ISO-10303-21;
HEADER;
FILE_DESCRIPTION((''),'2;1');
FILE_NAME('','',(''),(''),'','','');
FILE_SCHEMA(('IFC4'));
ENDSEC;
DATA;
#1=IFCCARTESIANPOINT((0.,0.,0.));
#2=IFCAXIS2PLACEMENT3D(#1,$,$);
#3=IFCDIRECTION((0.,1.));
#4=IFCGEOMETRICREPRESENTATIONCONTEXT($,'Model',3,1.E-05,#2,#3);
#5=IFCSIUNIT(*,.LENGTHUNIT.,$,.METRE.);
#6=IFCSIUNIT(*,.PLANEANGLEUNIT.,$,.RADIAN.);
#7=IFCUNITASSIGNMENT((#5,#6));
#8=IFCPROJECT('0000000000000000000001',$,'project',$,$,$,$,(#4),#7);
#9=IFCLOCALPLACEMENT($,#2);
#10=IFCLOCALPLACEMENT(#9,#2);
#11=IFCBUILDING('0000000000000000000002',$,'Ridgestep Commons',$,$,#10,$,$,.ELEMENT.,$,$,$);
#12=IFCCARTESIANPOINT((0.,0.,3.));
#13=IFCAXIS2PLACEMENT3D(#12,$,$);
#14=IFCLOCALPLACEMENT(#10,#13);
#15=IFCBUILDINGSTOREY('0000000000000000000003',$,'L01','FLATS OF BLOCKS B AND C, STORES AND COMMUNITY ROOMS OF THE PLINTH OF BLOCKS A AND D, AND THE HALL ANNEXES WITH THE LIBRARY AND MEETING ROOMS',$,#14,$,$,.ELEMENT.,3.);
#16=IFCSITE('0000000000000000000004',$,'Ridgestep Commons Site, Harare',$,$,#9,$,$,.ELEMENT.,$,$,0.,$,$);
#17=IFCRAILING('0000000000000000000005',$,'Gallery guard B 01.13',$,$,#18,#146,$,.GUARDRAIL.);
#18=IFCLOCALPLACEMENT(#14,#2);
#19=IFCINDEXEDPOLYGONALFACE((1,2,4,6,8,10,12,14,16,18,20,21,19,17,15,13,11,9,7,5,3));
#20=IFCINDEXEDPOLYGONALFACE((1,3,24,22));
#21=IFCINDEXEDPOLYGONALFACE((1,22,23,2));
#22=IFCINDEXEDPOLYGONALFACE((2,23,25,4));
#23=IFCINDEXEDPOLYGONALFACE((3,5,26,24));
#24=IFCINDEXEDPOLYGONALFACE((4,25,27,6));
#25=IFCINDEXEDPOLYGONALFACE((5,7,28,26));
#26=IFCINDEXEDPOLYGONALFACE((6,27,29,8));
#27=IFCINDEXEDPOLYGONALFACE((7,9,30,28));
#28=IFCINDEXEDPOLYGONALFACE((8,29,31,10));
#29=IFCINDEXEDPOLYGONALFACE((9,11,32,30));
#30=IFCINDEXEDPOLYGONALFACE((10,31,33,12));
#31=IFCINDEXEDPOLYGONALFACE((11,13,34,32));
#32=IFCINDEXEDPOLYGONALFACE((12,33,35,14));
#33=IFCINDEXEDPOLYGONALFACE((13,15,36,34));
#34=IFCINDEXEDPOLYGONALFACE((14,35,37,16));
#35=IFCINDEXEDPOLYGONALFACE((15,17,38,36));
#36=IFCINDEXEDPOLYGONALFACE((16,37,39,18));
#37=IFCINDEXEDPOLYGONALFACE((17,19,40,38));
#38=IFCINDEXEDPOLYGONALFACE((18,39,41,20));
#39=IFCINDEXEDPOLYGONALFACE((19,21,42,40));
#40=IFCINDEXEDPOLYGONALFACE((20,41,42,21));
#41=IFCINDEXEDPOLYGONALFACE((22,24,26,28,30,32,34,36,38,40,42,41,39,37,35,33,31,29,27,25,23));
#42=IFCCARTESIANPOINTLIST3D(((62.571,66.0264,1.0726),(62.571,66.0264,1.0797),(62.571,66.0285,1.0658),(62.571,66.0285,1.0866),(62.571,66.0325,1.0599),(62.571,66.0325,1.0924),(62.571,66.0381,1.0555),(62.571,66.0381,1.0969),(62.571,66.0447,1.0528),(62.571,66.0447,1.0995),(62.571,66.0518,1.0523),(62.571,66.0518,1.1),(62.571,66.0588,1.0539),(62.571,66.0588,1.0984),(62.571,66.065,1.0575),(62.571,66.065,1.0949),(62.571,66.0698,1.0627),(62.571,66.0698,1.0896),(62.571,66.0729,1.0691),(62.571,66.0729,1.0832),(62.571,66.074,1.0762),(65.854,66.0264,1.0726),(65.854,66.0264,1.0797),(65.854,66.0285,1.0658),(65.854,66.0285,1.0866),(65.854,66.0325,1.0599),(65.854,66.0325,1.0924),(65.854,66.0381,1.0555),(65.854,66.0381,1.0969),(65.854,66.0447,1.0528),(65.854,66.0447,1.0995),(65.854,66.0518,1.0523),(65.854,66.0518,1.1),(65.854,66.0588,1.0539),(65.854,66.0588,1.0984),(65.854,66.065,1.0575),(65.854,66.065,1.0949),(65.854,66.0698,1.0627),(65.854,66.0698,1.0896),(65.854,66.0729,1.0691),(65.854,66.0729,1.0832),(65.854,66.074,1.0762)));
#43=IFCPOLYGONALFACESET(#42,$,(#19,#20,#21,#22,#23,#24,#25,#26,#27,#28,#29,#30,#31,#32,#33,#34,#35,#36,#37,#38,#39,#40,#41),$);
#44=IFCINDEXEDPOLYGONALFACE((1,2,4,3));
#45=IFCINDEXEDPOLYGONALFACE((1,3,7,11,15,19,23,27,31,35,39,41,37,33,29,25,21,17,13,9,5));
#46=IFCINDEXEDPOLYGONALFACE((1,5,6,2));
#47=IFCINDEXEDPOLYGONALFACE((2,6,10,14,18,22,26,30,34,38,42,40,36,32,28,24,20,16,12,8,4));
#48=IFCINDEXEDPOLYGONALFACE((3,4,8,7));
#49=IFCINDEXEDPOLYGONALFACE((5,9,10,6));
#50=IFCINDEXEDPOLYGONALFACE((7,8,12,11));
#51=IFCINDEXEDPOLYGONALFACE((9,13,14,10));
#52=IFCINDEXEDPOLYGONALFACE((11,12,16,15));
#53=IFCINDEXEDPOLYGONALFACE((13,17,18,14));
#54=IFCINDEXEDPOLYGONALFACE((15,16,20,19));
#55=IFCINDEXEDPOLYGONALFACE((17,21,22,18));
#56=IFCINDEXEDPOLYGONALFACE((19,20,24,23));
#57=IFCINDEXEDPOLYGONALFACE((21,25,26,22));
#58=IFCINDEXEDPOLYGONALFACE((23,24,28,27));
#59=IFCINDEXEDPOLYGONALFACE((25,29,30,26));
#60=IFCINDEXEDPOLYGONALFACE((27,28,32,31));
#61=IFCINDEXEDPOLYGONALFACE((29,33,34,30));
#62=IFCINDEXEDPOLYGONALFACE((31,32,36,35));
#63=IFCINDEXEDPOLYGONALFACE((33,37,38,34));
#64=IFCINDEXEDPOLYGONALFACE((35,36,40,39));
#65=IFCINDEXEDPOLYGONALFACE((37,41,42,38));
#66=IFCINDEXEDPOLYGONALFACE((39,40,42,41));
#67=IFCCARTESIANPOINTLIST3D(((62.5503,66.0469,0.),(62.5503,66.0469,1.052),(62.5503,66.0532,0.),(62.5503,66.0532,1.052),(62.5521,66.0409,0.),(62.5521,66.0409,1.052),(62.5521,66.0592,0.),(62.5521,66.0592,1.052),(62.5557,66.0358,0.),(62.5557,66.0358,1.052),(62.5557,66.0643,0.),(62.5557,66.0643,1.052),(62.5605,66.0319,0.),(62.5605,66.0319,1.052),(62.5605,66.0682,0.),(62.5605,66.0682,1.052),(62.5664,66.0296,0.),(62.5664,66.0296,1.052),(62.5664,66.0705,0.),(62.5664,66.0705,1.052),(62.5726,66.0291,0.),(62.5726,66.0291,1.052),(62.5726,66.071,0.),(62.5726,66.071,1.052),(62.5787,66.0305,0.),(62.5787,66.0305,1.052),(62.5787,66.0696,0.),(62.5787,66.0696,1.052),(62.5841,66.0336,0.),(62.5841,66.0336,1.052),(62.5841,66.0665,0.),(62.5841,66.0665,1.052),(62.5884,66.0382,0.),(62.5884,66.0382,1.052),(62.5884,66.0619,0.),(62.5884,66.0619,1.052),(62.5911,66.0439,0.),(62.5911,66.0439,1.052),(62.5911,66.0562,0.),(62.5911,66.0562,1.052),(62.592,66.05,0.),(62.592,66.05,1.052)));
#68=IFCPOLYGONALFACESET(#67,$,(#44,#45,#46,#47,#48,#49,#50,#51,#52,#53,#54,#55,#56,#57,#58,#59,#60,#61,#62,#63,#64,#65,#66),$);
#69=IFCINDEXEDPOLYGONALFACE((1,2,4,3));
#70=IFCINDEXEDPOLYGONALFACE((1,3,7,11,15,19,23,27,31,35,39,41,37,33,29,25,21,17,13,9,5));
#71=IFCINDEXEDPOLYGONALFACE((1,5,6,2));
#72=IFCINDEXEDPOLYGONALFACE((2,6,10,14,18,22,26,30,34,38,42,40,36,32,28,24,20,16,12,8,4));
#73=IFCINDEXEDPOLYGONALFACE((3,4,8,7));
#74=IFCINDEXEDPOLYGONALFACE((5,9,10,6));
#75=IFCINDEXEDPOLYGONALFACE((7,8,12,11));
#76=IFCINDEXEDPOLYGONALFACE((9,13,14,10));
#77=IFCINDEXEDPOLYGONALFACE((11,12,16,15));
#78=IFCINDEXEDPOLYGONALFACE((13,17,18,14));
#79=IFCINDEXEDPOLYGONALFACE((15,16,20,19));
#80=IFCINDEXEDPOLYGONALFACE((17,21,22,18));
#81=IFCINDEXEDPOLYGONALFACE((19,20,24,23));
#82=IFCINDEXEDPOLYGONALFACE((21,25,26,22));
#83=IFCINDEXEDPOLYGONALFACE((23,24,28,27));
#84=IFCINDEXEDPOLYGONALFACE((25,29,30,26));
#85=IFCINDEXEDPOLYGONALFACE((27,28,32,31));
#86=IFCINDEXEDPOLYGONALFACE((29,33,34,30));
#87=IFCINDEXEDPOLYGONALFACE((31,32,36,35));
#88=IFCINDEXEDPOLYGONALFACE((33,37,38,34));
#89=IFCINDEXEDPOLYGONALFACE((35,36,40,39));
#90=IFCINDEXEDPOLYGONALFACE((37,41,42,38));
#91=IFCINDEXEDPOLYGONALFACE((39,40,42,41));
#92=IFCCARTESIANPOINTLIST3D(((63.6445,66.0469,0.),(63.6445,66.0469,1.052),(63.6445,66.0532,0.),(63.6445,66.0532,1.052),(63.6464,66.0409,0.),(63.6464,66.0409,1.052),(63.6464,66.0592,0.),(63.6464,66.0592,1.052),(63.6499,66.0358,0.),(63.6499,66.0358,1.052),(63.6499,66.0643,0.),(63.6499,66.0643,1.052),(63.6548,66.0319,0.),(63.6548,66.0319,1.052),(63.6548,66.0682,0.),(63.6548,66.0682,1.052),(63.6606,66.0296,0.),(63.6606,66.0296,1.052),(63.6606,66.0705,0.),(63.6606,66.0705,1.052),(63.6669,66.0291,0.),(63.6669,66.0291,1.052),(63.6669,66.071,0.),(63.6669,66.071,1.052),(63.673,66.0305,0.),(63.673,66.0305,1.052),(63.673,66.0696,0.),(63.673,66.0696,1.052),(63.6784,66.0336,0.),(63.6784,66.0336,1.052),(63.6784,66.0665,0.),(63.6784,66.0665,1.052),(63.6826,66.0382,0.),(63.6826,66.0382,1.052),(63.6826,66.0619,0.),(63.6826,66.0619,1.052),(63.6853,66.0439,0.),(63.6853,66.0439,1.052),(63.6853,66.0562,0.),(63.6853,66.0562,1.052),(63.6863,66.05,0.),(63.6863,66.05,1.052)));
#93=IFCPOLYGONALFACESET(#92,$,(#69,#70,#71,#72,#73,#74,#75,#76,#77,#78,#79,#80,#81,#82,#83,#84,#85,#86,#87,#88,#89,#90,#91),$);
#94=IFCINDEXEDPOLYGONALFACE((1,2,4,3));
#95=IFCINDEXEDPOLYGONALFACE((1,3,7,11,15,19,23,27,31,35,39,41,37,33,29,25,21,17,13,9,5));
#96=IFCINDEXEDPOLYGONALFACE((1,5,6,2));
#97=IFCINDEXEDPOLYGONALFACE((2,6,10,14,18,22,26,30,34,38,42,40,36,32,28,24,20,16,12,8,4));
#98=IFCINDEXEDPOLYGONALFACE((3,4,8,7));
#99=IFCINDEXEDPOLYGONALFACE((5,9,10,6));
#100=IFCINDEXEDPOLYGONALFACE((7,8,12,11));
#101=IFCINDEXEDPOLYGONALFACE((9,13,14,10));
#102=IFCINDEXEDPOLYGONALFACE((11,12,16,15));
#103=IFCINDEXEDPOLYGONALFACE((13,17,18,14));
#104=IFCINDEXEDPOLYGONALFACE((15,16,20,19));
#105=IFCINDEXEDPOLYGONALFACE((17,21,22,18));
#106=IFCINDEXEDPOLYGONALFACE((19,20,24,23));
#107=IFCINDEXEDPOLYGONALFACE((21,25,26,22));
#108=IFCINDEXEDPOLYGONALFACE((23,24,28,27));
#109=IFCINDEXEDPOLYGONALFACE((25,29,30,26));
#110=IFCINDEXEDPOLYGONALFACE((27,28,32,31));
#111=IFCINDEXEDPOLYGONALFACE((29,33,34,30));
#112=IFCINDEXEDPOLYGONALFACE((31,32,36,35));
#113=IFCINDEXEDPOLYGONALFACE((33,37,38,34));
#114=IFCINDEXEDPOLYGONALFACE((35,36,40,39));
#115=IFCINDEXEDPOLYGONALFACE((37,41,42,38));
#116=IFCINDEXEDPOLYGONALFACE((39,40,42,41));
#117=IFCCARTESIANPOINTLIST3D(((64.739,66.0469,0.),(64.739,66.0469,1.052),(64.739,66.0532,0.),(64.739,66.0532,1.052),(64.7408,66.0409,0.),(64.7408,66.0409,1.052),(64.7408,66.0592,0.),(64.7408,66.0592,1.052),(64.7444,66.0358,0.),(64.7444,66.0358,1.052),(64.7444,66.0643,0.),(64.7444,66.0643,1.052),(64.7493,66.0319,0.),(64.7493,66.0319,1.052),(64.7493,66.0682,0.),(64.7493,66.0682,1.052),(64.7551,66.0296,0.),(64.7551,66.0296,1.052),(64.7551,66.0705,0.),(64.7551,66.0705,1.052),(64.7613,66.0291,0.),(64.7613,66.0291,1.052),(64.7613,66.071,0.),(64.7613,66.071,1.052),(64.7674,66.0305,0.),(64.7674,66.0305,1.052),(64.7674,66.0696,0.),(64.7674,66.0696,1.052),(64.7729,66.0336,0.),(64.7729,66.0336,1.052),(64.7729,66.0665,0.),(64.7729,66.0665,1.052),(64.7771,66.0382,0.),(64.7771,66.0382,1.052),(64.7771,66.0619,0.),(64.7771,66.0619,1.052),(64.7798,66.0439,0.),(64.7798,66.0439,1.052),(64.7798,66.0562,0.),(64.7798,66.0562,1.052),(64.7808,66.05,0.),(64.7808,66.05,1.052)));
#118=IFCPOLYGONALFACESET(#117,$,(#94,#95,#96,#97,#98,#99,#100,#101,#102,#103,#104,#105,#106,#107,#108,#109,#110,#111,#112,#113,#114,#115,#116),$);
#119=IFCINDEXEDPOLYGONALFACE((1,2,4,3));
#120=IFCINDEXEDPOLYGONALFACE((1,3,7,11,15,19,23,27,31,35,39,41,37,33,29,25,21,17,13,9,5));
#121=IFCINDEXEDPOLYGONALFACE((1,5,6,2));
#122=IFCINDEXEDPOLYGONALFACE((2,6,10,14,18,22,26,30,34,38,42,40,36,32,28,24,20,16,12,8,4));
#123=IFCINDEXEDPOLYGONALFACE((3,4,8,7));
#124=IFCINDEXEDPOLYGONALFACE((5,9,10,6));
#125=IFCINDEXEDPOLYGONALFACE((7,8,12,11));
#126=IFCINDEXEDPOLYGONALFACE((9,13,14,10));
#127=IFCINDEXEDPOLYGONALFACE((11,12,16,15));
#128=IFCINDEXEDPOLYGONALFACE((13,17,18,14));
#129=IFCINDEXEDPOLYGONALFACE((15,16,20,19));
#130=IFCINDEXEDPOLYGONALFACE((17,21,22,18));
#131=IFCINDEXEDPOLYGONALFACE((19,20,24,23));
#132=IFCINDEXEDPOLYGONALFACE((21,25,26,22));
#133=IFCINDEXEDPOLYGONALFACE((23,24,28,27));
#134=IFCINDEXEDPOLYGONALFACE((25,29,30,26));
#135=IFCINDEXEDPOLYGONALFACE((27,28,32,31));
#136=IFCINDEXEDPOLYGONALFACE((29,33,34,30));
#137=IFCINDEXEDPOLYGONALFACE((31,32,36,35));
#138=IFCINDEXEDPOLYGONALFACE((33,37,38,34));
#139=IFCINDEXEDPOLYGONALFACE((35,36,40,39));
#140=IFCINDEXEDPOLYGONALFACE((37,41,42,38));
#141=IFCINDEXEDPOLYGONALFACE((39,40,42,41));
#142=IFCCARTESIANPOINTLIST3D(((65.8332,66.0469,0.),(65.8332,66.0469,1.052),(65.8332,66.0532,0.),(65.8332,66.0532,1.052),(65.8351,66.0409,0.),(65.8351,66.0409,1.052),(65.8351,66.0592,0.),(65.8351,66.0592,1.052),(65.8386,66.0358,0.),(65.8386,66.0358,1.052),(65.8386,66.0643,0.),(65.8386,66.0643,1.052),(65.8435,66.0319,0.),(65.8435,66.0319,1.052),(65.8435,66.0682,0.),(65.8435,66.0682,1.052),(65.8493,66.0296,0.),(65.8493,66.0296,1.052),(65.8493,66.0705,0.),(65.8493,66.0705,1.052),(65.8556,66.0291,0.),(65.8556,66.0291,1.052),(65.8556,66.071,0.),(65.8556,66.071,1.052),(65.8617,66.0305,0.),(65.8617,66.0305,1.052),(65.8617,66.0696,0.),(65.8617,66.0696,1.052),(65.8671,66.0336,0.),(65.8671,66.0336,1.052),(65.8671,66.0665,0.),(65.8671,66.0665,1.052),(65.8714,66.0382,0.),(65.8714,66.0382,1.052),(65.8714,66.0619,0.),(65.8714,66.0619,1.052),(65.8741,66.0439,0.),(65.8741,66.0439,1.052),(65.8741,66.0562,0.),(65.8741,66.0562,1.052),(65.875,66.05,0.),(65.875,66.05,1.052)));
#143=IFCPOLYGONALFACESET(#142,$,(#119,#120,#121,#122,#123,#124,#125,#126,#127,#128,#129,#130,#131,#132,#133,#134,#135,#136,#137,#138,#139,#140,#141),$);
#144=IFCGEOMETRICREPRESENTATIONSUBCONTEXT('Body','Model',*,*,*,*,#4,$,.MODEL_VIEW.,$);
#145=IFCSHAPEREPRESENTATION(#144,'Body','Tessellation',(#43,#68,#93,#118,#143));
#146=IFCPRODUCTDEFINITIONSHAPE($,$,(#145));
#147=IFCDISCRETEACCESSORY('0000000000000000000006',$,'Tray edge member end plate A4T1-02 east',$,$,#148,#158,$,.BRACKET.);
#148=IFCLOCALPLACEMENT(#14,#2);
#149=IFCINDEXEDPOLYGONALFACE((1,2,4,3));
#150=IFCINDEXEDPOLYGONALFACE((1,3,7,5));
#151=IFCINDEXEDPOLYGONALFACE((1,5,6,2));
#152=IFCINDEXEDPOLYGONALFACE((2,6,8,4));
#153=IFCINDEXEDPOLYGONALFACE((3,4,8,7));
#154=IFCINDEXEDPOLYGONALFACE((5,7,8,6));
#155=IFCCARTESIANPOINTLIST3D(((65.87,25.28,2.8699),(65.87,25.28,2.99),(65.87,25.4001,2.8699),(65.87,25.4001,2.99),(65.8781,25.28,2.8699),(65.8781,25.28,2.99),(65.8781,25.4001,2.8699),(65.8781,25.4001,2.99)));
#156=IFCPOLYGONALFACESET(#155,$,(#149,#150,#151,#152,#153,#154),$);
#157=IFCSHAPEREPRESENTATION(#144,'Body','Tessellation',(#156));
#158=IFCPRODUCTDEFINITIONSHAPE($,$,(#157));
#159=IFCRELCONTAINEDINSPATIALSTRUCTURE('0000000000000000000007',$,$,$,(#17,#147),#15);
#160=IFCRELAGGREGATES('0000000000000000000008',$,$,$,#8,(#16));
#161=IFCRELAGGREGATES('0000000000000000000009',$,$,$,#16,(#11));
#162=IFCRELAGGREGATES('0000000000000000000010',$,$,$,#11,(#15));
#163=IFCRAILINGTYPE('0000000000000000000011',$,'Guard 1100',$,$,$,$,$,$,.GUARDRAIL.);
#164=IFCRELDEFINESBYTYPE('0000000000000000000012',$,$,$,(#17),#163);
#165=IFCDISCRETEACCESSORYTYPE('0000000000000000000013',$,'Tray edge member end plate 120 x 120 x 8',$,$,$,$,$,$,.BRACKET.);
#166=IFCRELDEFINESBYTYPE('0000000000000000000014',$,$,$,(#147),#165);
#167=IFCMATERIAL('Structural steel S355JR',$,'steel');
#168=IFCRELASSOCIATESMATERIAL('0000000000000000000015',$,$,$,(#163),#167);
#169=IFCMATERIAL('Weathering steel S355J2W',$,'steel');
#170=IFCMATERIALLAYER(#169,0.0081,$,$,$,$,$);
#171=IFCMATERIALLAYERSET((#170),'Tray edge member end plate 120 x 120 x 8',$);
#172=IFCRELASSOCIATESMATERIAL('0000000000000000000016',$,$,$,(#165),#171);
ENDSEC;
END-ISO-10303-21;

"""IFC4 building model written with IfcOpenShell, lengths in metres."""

from ifc_helpers import new_model, si_unit, direction, frame, origin, origin_2d, place, context, subcontext, project, spatial, rectangle, circle, extrude, material, layer, layer_set, type_object, element, save


model = new_model("IFC4")

# Units and contexts
model_context = context("Model", 3, precision=1e-05, world=origin(), true_north=direction((0.0, 1.0)))
body_context = subcontext(model_context, "Body", "Model", "MODEL_VIEW")
ifc_project = project(units=[si_unit("LENGTHUNIT", "METRE"), si_unit("PLANEANGLEUNIT", "RADIAN")], contexts=[model_context])

# Site, building, storey
site_placement = place(None, origin())
site = spatial("IfcSite", under=ifc_project, at=site_placement, Name="Ridgestep Commons Site, Harare", CompositionType="ELEMENT", RefElevation=0.0)
building_placement = place(site_placement, origin())
building = spatial("IfcBuilding", under=site, at=building_placement, Name="Ridgestep Commons", CompositionType="ELEMENT")
storey_placement = place(building_placement, frame((0.0, 0.0, 3.0)))
storey = spatial("IfcBuildingStorey", under=building, at=storey_placement, Name="L01", Description="FLATS OF BLOCKS B AND C, STORES AND COMMUNITY ROOMS OF THE PLINTH OF BLOCKS A AND D, AND THE HALL ANNEXES WITH THE LIBRARY AND MEETING ROOMS", CompositionType="ELEMENT", Elevation=3.0)

# Railing
ifc_material_1 = material(Name="Structural steel S355JR", Category="steel")
railing_type = type_object("IfcRailingType", Name="Guard 1100", PredefinedType="GUARDRAIL", material=ifc_material_1)
for number, where, name in (
    (1, (62.571, 66.05, 0.0), "Gallery guard B 01.13"),
):
    element("IfcRailing", number, at=place(storey_placement, frame(where)), inside=storey, type_object=railing_type, Name=name, PredefinedType="GUARDRAIL", context=body_context, shape_type="SweptSolid", body=[
        extrude(circle(Radius=0.0239, at=origin_2d()), frame((0.0, 0.0, 1.0762), z_axis=(1.0, 0.0, 0.0), x_axis=(0.0, 1.0, 0.0)), (0.0, 0.0, 1.0), 3.283),
        extrude(circle(Radius=0.021, at=origin_2d()), origin(), (0.0, 0.0, 1.0), 1.052),
        extrude(circle(Radius=0.021, at=origin_2d()), frame((1.0942, 0.0, 0.0)), (0.0, 0.0, 1.0), 1.052),
        extrude(circle(Radius=0.021, at=origin_2d()), frame((2.1887, 0.0, 0.0)), (0.0, 0.0, 1.0), 1.052),
        extrude(circle(Radius=0.021, at=origin_2d()), frame((3.283, 0.0, 0.0)), (0.0, 0.0, 1.0), 1.052),
    ])

# Discrete accessory
ifc_material_2 = material(Name="Weathering steel S355J2W", Category="steel")
ifc_layer_1 = layer(ifc_material_2, 0.0081)
ifc_layer_set_1 = layer_set([ifc_layer_1], Name="Tray edge member end plate 120 x 120 x 8")
discrete_accessory_type = type_object("IfcDiscreteAccessoryType", Name="Tray edge member end plate 120 x 120 x 8", PredefinedType="BRACKET", material=ifc_layer_set_1)
discrete_accessory_placement = place(storey_placement, frame((65.874, 25.3401, 2.8699), z_axis=(0.0, 0.0, 1.0), x_axis=(1.0, 0.0, 0.0)))
element("IfcDiscreteAccessory", 2, at=discrete_accessory_placement, inside=storey, type_object=discrete_accessory_type, Name="Tray edge member end plate A4T1-02 east", PredefinedType="BRACKET", context=body_context, shape_type="SweptSolid", body=[
    extrude(rectangle(XDim=0.0081, YDim=0.1201, at=origin_2d()), origin(), (0.0, 0.0, 1.0), 0.1201),
])

save(model, "model.ifc")
